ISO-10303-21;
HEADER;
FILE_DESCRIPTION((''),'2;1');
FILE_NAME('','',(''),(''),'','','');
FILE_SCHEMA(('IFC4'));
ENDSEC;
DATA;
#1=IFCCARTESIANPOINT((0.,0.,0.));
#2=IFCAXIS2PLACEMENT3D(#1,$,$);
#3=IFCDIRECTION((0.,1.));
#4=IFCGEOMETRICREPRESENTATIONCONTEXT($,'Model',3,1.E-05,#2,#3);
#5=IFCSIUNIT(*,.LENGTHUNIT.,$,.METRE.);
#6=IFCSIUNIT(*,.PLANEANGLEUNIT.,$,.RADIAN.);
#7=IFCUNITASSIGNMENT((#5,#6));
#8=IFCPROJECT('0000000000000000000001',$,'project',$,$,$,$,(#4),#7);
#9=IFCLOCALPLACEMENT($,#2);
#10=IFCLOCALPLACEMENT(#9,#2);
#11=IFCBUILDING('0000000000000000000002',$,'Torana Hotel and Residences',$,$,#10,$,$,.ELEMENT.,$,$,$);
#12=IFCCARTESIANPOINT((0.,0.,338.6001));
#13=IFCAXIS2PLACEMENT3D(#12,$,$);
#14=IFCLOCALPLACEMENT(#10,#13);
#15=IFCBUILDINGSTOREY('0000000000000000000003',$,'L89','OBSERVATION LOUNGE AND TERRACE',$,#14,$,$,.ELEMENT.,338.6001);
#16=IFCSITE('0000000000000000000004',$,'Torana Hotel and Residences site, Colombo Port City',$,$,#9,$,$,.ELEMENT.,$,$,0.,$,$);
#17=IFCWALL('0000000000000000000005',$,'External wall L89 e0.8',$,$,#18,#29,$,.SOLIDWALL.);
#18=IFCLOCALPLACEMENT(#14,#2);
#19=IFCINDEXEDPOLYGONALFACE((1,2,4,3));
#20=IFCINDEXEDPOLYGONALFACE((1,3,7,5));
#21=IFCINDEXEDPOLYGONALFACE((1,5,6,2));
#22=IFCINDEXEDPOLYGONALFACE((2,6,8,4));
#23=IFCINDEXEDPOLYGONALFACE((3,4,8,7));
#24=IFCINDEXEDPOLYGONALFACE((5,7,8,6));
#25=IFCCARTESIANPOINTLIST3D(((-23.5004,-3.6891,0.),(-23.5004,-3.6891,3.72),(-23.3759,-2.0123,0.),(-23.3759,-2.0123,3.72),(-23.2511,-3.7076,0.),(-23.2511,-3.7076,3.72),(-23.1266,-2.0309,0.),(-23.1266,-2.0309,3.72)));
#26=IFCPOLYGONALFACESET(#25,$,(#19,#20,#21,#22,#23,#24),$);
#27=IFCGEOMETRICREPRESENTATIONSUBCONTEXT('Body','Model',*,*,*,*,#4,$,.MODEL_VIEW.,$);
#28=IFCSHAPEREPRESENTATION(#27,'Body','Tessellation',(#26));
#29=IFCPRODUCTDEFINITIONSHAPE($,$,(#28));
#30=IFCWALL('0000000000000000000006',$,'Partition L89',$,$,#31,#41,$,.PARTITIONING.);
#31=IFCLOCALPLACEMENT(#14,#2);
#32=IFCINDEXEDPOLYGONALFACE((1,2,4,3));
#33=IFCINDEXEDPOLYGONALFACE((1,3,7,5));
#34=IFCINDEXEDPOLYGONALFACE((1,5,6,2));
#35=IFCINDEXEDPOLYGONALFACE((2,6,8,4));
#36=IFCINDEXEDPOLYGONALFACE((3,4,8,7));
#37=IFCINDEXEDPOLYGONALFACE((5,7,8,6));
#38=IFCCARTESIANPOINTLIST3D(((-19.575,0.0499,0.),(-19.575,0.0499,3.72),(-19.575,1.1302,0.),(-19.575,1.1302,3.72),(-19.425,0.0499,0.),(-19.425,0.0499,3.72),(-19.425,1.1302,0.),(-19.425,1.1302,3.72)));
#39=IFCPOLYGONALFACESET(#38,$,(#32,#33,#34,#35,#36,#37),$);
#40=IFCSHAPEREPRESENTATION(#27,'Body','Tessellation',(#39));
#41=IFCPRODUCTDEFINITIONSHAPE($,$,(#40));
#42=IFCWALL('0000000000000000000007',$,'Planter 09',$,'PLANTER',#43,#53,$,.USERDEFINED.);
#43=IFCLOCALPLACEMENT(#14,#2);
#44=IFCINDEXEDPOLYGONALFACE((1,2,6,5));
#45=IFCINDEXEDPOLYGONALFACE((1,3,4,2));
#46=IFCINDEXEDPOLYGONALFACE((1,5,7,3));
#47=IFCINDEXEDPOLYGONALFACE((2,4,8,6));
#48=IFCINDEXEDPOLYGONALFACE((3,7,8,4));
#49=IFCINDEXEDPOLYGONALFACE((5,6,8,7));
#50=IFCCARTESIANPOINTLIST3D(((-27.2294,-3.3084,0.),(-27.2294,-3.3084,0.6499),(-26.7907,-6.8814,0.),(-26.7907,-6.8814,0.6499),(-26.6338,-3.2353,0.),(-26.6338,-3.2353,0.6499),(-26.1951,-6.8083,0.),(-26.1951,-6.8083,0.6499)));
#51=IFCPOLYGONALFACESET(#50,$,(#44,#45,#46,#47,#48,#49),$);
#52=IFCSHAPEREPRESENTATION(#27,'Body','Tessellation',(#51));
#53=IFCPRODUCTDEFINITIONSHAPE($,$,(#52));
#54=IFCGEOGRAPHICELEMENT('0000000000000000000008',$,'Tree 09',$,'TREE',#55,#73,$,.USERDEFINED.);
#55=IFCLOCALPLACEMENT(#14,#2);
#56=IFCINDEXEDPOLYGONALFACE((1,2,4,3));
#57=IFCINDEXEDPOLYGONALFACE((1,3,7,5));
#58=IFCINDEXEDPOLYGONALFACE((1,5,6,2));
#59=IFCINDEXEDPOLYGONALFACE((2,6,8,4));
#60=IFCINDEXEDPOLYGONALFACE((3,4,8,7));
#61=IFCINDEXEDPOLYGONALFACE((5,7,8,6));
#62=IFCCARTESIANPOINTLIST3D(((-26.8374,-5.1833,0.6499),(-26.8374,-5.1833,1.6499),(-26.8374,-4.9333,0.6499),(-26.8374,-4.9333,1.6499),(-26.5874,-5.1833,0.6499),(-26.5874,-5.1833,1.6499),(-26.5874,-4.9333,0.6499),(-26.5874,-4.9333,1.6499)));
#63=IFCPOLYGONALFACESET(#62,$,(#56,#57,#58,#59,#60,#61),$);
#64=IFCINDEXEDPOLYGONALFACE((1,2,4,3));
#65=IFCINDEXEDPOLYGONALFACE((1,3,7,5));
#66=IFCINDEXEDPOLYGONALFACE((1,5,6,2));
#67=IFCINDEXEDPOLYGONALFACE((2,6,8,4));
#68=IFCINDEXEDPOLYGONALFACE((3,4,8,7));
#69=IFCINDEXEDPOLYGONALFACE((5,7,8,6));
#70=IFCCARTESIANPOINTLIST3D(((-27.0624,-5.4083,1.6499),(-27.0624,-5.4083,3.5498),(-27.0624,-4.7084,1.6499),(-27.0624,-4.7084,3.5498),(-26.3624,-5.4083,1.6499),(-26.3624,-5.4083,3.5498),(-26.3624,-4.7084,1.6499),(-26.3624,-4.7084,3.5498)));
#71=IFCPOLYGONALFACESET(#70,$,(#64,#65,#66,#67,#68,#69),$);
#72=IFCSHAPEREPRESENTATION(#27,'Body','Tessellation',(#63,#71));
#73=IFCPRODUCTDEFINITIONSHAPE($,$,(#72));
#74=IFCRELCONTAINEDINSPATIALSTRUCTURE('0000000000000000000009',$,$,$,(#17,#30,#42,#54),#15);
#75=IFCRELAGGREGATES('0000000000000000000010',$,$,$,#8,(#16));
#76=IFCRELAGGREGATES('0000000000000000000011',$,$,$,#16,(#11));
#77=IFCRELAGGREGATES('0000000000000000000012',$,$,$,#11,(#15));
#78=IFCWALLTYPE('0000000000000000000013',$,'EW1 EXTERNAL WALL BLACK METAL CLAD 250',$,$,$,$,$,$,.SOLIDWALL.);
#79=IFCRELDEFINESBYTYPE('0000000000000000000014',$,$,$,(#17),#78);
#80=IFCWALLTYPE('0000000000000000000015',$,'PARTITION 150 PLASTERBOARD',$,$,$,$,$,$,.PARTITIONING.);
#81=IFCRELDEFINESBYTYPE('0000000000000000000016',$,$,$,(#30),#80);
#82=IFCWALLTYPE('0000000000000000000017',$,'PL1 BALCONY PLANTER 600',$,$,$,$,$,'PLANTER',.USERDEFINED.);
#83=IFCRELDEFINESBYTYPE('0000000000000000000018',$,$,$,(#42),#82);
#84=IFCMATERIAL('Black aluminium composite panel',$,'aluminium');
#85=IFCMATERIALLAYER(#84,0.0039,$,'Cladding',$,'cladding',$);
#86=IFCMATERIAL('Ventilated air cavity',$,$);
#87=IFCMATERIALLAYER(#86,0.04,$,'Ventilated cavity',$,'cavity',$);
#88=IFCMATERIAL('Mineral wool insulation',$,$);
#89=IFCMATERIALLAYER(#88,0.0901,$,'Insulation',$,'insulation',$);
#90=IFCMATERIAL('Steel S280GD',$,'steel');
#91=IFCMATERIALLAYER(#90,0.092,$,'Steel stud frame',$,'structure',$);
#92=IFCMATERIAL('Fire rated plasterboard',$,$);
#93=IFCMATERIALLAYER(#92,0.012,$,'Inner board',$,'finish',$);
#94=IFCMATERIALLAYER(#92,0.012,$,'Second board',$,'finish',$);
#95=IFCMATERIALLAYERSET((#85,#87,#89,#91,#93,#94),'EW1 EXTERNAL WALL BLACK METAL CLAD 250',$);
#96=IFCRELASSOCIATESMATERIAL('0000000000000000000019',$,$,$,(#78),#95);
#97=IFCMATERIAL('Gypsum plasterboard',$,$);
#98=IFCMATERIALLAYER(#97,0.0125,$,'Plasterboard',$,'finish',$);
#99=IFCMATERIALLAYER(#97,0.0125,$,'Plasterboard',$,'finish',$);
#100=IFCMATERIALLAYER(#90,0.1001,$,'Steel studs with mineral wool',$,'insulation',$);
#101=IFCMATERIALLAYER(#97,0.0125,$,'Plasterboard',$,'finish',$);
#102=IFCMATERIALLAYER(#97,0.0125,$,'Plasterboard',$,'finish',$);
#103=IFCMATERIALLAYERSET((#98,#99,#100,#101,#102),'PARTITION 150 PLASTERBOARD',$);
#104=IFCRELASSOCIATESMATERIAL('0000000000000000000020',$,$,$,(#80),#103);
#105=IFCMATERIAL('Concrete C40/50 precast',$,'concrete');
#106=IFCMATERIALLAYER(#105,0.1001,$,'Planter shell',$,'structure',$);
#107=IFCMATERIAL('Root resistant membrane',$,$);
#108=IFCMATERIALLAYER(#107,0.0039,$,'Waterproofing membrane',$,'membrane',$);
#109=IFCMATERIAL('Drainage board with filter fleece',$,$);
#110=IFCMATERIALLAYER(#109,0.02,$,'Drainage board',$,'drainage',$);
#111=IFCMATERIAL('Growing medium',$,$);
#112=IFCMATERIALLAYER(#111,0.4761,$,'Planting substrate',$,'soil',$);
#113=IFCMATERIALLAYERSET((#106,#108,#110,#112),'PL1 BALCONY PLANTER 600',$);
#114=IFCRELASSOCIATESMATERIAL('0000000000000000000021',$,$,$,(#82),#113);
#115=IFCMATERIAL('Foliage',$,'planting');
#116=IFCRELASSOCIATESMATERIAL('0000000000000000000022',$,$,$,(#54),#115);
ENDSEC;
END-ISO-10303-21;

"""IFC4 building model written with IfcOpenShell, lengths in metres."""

from ifc_helpers import new_model, si_unit, direction, frame, frame_2d, origin, origin_2d, place, context, subcontext, project, spatial, rectangle, extrude, material, layer, layer_set, type_object, element, save


model = new_model("IFC4")

# Units and contexts
model_context = context("Model", 3, precision=1e-05, world=origin(), true_north=direction((0.0, 1.0)))
body_context = subcontext(model_context, "Body", "Model", "MODEL_VIEW")
ifc_project = project(units=[si_unit("LENGTHUNIT", "METRE"), si_unit("PLANEANGLEUNIT", "RADIAN")], contexts=[model_context])

# Site, building, storey
site_placement = place(None, origin())
site = spatial("IfcSite", under=ifc_project, at=site_placement, Name="Torana Hotel and Residences site, Colombo Port City", CompositionType="ELEMENT", RefElevation=0.0)
building_placement = place(site_placement, origin())
building = spatial("IfcBuilding", under=site, at=building_placement, Name="Torana Hotel and Residences", CompositionType="ELEMENT")
storey_placement = place(building_placement, frame((0.0, 0.0, 338.6001)))
storey = spatial("IfcBuildingStorey", under=building, at=storey_placement, Name="L89", Description="OBSERVATION LOUNGE AND TERRACE", CompositionType="ELEMENT", Elevation=338.6001)

# Wall
ifc_material_1 = material(Name="Black aluminium composite panel", Category="aluminium")
ifc_layer_1 = layer(ifc_material_1, 0.0039, Name="Cladding", Category="cladding")
ifc_material_2 = material(Name="Ventilated air cavity")
ifc_layer_2 = layer(ifc_material_2, 0.04, Name="Ventilated cavity", Category="cavity")
ifc_material_3 = material(Name="Mineral wool insulation")
ifc_layer_3 = layer(ifc_material_3, 0.0901, Name="Insulation", Category="insulation")
ifc_material_4 = material(Name="Steel S280GD", Category="steel")
ifc_layer_4 = layer(ifc_material_4, 0.092, Name="Steel stud frame", Category="structure")
ifc_material_5 = material(Name="Fire rated plasterboard")
ifc_layer_5 = layer(ifc_material_5, 0.012, Name="Inner board", Category="finish")
ifc_layer_6 = layer(ifc_material_5, 0.012, Name="Second board", Category="finish")
ifc_layer_set_1 = layer_set([ifc_layer_1, ifc_layer_2, ifc_layer_3, ifc_layer_4, ifc_layer_5, ifc_layer_6], Name="EW1 EXTERNAL WALL BLACK METAL CLAD 250")
wall_type_1 = type_object("IfcWallType", Name="EW1 EXTERNAL WALL BLACK METAL CLAD 250", PredefinedType="SOLIDWALL", material=ifc_layer_set_1)
wall_1_placement = place(storey_placement, frame((-23.2512, -2.0215, 0.0), z_axis=(0.0, 0.0, 1.0), x_axis=(-0.074054, -0.997254, 0.0)))
element("IfcWall", 1, at=wall_1_placement, inside=storey, type_object=wall_type_1, Name="External wall L89 e0.8", PredefinedType="SOLIDWALL", context=body_context, shape_type="SweptSolid", body=[
    extrude(rectangle(XDim=1.6814, YDim=0.25, at=frame_2d((0.8408, 0.0))), origin(), (0.0, 0.0, 1.0), 3.72),
])

# Walls
ifc_material_6 = material(Name="Gypsum plasterboard")
ifc_layer_7 = layer(ifc_material_6, 0.0125, Name="Plasterboard", Category="finish")
ifc_layer_8 = layer(ifc_material_6, 0.0125, Name="Plasterboard", Category="finish")
ifc_layer_9 = layer(ifc_material_4, 0.1001, Name="Steel studs with mineral wool", Category="insulation")
ifc_layer_10 = layer(ifc_material_6, 0.0125, Name="Plasterboard", Category="finish")
ifc_layer_11 = layer(ifc_material_6, 0.0125, Name="Plasterboard", Category="finish")
ifc_layer_set_2 = layer_set([ifc_layer_7, ifc_layer_8, ifc_layer_9, ifc_layer_10, ifc_layer_11], Name="PARTITION 150 PLASTERBOARD")
wall_type_2 = type_object("IfcWallType", Name="PARTITION 150 PLASTERBOARD", PredefinedType="PARTITIONING", material=ifc_layer_set_2)
wall_2_placement = place(storey_placement, frame((-19.5, 0.05, 0.0), z_axis=(0.0, 0.0, 1.0), x_axis=(0.0, 1.0, 0.0)))
element("IfcWall", 2, at=wall_2_placement, inside=storey, type_object=wall_type_2, Name="Partition L89", PredefinedType="PARTITIONING", context=body_context, shape_type="SweptSolid", body=[
    extrude(rectangle(XDim=1.0803, YDim=0.1499, at=frame_2d((0.54, 0.0))), origin(), (0.0, 0.0, 1.0), 3.72),
])
ifc_material_7 = material(Name="Concrete C40/50 precast", Category="concrete")
ifc_layer_12 = layer(ifc_material_7, 0.1001, Name="Planter shell", Category="structure")
ifc_material_8 = material(Name="Root resistant membrane")
ifc_layer_13 = layer(ifc_material_8, 0.0039, Name="Waterproofing membrane", Category="membrane")
ifc_material_9 = material(Name="Drainage board with filter fleece")
ifc_layer_14 = layer(ifc_material_9, 0.02, Name="Drainage board", Category="drainage")
ifc_material_10 = material(Name="Growing medium")
ifc_layer_15 = layer(ifc_material_10, 0.4761, Name="Planting substrate", Category="soil")
ifc_layer_set_3 = layer_set([ifc_layer_12, ifc_layer_13, ifc_layer_14, ifc_layer_15], Name="PL1 BALCONY PLANTER 600")
wall_type_3 = type_object("IfcWallType", Name="PL1 BALCONY PLANTER 600", ElementType="PLANTER", PredefinedType="USERDEFINED", material=ifc_layer_set_3)
wall_3_placement = place(storey_placement, frame((-26.4929, -6.8447, 0.0), z_axis=(0.0, 0.0, 1.0), x_axis=(-0.121873, 0.992546, 0.0)))
element("IfcWall", 3, at=wall_3_placement, inside=storey, type_object=wall_type_3, Name="Planter 09", ObjectType="PLANTER", PredefinedType="USERDEFINED", context=body_context, shape_type="SweptSolid", body=[
    extrude(rectangle(XDim=3.5999, YDim=0.6001, at=frame_2d((1.7998, 0.0))), origin(), (0.0, 0.0, 1.0), 0.6499),
])

# Geographic element
ifc_material_11 = material(Name="Foliage", Category="planting")
geographic_element_placement = place(storey_placement, frame((-26.7124, -5.0583, 0.6499), z_axis=(0.0, 0.0, 1.0), x_axis=(1.0, 0.0, 0.0)))
element("IfcGeographicElement", 4, at=geographic_element_placement, inside=storey, material=ifc_material_11, Name="Tree 09", ObjectType="TREE", PredefinedType="USERDEFINED", context=body_context, shape_type="SweptSolid", body=[
    extrude(rectangle(XDim=0.25, YDim=0.25, at=origin_2d()), origin(), (0.0, 0.0, 1.0), 1.0),
    extrude(rectangle(XDim=0.7, YDim=0.7, at=origin_2d()), frame((0.0, 0.0, 1.0)), (0.0, 0.0, 1.0), 1.8999),
])

save(model, "model.ifc")
